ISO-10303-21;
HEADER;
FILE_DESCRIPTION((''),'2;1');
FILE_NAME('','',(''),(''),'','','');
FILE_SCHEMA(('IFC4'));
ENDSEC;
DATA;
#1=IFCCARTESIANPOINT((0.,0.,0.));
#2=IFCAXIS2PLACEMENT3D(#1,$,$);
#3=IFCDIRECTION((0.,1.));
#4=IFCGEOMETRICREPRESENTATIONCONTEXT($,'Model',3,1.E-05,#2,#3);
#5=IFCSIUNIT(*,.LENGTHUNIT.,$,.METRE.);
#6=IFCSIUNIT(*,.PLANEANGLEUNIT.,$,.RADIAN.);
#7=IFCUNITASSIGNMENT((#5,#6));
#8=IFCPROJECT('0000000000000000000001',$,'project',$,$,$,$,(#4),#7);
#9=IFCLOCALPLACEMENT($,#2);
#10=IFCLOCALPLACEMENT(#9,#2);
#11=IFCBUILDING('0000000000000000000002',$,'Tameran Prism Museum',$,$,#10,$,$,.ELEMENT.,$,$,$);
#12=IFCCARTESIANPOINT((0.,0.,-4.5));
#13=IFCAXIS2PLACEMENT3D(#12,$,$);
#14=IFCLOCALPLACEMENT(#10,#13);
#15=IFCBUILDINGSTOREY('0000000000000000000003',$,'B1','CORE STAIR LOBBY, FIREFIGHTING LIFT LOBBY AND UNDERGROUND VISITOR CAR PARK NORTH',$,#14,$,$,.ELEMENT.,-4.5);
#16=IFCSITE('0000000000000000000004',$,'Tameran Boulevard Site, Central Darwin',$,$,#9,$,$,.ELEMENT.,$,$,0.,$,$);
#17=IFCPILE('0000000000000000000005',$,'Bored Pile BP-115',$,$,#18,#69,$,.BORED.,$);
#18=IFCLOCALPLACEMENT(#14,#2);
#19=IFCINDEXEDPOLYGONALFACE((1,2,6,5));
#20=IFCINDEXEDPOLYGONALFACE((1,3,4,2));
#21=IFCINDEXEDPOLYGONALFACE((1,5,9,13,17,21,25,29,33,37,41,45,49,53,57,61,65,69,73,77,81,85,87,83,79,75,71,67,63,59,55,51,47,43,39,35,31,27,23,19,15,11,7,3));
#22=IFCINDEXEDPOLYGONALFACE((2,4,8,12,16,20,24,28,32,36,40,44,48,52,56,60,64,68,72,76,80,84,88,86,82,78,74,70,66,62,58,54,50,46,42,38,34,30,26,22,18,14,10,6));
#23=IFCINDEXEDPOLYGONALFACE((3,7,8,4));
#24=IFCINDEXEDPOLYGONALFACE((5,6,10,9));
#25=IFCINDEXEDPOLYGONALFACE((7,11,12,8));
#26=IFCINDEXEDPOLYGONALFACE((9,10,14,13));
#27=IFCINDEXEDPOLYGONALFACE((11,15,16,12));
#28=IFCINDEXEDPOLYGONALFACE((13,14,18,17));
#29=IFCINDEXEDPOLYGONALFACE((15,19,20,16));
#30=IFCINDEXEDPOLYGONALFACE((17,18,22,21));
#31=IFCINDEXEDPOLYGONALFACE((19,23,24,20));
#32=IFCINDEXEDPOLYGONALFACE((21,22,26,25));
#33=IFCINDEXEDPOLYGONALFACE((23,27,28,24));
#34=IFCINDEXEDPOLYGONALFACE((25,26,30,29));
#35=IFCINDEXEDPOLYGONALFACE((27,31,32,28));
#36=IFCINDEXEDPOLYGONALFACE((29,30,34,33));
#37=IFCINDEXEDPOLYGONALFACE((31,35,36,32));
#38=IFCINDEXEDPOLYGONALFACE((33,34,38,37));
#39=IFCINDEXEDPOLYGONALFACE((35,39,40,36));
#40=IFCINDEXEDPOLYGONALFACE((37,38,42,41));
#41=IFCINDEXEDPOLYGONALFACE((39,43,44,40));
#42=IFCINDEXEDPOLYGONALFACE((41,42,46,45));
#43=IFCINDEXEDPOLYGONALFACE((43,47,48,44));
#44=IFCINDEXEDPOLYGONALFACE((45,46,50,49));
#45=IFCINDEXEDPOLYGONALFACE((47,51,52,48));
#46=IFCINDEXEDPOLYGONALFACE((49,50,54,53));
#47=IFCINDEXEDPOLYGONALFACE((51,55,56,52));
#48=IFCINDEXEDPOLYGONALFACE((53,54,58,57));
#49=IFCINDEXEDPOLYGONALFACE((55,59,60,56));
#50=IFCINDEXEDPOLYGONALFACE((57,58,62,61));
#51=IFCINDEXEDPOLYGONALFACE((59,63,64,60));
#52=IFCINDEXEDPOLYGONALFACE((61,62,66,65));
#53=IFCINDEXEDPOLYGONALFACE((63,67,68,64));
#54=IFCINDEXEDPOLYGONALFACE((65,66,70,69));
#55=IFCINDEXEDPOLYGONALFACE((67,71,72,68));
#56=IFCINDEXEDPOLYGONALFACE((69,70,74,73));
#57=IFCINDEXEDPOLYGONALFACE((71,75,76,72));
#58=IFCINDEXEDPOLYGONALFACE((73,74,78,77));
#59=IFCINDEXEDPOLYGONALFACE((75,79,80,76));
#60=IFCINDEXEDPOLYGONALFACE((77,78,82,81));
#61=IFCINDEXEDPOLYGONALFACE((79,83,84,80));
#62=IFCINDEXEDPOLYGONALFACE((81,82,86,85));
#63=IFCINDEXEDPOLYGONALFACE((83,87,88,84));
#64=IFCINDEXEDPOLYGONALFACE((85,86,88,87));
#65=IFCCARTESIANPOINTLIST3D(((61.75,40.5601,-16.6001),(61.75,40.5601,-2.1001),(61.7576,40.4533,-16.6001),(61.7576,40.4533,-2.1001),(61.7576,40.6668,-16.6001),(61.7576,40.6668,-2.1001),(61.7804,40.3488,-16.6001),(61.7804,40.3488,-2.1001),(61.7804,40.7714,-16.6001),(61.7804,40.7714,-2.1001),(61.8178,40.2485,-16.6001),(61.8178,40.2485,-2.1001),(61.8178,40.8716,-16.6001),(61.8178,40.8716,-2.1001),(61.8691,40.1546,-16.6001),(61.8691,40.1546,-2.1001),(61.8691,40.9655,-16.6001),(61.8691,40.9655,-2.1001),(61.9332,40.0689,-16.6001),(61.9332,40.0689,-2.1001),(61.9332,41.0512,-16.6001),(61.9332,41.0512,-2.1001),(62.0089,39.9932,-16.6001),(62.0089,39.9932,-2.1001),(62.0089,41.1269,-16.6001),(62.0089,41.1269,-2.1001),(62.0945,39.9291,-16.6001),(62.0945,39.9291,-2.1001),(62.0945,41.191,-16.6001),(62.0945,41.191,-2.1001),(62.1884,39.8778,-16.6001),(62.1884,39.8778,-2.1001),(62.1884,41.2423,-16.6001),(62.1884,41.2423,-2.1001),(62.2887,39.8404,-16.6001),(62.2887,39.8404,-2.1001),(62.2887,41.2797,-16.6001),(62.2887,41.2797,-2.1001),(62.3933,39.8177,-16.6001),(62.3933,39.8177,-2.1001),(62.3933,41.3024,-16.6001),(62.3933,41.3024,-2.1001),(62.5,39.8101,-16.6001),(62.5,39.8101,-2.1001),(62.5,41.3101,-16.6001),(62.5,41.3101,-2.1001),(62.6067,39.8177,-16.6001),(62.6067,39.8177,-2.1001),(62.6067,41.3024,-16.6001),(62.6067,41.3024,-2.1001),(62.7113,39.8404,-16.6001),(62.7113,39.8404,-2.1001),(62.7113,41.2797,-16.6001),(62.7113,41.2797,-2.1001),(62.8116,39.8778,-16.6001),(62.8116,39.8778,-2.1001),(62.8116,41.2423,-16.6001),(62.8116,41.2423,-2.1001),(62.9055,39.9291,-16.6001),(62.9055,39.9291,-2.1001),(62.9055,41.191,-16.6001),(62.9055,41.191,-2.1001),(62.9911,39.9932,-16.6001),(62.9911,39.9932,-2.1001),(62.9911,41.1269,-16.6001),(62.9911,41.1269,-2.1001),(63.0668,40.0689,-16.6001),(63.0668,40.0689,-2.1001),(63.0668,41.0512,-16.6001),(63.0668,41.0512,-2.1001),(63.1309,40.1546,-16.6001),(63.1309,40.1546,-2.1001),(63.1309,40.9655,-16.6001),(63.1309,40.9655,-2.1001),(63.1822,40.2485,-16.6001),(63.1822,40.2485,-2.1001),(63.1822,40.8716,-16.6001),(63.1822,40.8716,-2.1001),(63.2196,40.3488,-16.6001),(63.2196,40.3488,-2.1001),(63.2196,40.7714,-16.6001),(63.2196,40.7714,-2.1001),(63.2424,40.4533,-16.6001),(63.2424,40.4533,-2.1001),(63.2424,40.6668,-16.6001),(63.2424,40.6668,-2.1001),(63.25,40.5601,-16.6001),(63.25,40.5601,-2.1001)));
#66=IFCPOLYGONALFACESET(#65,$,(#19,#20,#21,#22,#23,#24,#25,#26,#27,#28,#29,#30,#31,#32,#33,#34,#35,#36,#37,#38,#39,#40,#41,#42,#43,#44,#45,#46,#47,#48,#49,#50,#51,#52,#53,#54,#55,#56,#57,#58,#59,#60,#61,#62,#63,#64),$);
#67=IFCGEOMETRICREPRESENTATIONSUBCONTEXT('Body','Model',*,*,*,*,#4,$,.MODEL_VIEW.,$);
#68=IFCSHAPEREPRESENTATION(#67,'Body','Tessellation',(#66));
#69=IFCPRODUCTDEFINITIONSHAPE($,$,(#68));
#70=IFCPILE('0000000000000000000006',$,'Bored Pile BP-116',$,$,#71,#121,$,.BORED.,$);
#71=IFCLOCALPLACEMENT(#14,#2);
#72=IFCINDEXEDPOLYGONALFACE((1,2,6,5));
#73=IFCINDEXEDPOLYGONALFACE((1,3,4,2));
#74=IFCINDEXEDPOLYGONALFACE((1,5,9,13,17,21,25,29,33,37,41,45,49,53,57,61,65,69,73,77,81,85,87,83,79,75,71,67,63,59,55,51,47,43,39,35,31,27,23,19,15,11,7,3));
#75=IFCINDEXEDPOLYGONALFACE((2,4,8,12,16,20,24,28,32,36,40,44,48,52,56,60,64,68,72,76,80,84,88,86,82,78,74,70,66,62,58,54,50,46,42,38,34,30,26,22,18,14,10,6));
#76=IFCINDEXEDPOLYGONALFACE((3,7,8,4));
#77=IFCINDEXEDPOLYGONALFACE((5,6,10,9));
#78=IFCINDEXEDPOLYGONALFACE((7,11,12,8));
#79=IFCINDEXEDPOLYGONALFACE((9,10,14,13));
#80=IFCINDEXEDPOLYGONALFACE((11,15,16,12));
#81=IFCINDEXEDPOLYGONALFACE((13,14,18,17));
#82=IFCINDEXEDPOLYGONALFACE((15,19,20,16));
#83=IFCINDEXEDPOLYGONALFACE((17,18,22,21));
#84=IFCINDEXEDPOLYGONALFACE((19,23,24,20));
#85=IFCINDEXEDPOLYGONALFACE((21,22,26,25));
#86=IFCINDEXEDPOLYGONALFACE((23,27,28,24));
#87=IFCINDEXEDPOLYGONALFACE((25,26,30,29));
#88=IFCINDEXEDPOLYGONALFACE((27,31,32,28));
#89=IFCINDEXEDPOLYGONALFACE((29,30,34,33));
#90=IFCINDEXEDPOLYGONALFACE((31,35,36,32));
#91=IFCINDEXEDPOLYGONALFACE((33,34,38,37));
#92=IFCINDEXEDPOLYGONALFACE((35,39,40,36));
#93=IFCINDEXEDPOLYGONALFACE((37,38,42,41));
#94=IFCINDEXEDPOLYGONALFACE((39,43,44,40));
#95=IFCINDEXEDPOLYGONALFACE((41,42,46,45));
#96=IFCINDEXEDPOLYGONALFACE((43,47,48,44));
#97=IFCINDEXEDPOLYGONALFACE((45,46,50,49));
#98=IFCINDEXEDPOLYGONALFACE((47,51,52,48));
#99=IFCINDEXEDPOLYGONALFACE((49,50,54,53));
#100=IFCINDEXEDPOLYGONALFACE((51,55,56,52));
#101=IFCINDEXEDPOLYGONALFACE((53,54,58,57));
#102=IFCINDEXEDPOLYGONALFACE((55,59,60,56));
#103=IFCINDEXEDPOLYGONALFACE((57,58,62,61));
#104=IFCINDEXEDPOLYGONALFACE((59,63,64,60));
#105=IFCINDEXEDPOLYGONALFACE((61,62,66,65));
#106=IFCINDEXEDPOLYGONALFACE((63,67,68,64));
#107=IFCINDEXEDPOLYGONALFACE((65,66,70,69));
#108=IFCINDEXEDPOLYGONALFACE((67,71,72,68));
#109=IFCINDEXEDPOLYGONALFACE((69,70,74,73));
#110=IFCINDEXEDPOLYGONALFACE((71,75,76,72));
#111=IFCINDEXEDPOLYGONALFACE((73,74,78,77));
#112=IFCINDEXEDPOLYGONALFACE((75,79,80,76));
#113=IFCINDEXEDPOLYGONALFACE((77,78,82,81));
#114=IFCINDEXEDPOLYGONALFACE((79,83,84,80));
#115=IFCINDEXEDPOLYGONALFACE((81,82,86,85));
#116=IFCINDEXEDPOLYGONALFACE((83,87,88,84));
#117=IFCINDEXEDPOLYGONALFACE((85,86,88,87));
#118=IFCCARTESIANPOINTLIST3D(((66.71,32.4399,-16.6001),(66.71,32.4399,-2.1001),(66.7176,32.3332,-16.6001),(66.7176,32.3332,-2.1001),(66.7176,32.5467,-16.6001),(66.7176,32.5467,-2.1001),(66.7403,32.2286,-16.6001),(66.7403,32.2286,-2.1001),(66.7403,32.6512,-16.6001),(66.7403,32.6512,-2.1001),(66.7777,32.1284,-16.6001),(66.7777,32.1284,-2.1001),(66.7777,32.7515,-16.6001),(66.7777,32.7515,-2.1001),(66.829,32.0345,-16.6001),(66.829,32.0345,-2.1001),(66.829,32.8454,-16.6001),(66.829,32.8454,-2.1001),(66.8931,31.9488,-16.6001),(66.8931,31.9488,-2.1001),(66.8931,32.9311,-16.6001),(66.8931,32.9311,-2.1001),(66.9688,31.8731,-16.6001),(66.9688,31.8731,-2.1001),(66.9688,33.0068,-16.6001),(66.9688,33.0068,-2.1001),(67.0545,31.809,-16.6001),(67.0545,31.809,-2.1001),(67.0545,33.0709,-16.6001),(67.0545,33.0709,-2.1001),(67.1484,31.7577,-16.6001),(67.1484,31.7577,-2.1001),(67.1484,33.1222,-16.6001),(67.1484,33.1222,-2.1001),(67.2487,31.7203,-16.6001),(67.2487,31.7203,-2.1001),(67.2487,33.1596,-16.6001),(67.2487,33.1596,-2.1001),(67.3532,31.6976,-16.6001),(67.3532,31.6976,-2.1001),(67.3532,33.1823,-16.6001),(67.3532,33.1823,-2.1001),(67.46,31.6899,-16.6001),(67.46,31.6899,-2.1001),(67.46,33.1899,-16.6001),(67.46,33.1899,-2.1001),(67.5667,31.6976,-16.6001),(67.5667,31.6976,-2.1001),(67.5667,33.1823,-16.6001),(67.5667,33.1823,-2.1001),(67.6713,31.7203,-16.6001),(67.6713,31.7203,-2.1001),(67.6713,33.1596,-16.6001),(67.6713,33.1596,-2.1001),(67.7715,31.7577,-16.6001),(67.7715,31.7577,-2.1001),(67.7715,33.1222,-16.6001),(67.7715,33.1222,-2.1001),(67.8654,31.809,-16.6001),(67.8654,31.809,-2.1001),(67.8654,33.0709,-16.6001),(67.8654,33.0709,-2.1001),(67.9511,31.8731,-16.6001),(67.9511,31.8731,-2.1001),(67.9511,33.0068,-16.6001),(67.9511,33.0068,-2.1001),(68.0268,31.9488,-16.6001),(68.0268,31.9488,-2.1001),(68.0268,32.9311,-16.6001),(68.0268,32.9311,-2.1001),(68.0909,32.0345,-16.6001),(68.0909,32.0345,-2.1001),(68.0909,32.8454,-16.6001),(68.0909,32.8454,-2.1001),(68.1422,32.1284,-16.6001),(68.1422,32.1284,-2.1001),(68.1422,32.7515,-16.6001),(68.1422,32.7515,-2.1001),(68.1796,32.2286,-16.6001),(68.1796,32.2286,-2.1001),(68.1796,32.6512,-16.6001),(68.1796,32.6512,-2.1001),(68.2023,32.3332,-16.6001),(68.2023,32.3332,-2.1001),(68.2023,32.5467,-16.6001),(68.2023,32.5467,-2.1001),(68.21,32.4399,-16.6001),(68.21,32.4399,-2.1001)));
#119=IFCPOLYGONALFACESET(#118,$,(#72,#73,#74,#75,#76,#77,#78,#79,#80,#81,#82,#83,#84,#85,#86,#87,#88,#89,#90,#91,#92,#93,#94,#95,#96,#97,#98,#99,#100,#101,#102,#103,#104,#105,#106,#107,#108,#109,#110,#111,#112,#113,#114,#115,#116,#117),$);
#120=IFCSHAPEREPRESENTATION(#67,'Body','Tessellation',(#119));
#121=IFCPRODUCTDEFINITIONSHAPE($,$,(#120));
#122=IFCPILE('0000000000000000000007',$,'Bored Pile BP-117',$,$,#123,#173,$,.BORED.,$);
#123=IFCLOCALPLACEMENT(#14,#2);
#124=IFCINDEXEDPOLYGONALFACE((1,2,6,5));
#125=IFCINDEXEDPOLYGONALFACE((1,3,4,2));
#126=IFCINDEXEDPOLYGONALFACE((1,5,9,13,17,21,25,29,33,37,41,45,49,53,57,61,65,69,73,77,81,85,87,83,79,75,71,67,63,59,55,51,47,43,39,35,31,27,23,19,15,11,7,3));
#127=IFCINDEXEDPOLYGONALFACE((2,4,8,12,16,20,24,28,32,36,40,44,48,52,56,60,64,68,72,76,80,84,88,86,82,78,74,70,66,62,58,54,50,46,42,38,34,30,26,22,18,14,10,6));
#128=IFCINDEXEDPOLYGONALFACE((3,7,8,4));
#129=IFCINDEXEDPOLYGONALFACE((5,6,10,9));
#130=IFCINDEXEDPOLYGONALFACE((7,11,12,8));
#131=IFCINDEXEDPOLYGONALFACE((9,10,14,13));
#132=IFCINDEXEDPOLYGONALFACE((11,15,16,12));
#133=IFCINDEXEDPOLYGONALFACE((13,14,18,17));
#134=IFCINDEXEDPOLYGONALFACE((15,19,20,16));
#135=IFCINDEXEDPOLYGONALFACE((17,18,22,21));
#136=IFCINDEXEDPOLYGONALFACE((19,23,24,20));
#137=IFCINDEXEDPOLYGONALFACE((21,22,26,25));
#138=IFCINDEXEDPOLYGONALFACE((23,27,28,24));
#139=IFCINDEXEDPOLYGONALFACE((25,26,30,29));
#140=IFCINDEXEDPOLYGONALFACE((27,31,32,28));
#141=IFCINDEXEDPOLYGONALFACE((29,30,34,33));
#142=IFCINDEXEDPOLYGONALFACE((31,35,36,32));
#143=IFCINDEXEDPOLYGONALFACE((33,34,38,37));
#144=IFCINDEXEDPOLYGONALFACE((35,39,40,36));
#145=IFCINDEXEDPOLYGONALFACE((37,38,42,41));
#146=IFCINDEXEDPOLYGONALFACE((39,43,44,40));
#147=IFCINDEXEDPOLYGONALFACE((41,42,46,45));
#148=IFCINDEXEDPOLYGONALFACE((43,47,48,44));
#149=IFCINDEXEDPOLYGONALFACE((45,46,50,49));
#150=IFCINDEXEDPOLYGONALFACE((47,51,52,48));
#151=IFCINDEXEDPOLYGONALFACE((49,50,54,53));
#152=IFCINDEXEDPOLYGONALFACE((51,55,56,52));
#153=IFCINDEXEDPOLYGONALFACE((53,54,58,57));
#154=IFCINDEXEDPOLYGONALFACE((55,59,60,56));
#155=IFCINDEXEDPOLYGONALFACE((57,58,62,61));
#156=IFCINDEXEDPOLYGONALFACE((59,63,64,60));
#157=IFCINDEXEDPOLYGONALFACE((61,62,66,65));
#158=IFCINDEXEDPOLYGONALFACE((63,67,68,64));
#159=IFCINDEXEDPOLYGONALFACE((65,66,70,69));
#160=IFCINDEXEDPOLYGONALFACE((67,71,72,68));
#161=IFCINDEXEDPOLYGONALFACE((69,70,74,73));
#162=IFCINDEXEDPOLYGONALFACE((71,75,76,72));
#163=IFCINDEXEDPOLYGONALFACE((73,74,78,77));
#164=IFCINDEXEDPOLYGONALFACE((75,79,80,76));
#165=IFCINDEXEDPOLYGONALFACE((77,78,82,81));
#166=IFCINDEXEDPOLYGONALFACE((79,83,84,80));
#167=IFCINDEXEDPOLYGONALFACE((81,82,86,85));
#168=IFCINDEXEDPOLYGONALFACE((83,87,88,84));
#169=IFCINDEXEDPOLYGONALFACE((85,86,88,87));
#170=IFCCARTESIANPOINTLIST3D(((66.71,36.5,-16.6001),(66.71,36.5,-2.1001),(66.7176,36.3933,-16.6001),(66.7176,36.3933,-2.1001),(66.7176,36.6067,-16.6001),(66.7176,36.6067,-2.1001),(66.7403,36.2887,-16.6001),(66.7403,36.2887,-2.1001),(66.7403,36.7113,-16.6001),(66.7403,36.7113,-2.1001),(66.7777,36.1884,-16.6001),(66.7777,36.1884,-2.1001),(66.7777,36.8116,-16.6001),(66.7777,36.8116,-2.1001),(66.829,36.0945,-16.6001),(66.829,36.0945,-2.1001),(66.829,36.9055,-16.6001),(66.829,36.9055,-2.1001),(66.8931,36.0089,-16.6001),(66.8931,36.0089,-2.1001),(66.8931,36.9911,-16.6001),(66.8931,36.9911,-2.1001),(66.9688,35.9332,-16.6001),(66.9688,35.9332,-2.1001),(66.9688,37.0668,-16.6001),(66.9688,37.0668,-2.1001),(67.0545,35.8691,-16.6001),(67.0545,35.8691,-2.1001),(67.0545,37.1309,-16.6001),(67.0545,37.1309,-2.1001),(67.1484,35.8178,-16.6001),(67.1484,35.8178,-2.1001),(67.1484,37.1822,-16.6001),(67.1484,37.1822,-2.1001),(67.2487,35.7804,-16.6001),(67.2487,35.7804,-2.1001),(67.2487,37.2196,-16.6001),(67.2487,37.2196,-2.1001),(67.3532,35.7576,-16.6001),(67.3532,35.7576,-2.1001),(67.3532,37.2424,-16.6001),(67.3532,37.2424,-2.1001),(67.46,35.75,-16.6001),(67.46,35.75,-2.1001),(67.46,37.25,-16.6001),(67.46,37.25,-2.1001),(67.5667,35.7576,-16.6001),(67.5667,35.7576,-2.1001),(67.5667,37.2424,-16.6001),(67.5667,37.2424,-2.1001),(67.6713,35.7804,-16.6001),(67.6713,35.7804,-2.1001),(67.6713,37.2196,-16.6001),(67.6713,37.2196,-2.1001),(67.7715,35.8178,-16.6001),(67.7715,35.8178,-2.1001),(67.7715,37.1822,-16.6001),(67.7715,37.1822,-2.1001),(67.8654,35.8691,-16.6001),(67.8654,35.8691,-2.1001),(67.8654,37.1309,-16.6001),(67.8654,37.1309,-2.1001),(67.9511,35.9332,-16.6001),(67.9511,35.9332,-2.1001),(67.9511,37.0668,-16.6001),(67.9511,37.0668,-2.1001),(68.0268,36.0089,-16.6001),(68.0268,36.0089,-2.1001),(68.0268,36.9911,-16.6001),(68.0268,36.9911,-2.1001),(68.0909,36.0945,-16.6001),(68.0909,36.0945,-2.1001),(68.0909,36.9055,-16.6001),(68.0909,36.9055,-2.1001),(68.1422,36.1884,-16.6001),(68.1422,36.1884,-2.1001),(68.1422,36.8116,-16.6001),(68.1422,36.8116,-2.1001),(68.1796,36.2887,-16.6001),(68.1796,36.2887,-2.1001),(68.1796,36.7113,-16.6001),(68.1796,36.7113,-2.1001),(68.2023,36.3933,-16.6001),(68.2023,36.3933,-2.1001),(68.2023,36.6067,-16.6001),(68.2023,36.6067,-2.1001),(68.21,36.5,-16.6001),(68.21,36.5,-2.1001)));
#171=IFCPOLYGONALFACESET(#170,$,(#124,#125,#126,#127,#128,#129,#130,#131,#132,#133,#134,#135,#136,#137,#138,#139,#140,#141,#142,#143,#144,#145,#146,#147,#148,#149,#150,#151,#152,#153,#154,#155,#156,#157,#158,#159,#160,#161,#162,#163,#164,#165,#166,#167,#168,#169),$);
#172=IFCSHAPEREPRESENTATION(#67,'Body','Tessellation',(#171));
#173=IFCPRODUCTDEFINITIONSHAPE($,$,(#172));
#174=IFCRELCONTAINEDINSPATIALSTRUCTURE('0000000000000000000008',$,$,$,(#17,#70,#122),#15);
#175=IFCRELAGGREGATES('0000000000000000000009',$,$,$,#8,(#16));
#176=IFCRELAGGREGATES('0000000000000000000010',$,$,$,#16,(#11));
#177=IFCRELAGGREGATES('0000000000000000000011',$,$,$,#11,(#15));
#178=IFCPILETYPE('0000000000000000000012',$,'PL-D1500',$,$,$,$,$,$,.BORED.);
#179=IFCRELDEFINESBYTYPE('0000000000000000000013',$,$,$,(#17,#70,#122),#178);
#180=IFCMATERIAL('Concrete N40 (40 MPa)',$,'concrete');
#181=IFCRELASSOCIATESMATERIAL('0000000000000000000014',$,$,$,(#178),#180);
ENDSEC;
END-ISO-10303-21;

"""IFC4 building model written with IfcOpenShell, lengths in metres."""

from ifc_helpers import new_model, si_unit, direction, frame, origin, origin_2d, place, context, subcontext, project, spatial, circle, extrude, material, material_profile, profile_set, type_object, element, save


model = new_model("IFC4")

# Units and contexts
model_context = context("Model", 3, precision=1e-05, world=origin(), true_north=direction((0.0, 1.0)))
body_context = subcontext(model_context, "Body", "Model", "MODEL_VIEW")
ifc_project = project(units=[si_unit("LENGTHUNIT", "METRE"), si_unit("PLANEANGLEUNIT", "RADIAN")], contexts=[model_context])

# Site, building, storey
site_placement = place(None, origin())
site = spatial("IfcSite", under=ifc_project, at=site_placement, Name="Tameran Boulevard Site, Central Darwin", CompositionType="ELEMENT", RefElevation=0.0)
building_placement = place(site_placement, origin())
building = spatial("IfcBuilding", under=site, at=building_placement, Name="Tameran Prism Museum", CompositionType="ELEMENT")
storey_placement = place(building_placement, frame((0.0, 0.0, -4.5)))
storey = spatial("IfcBuildingStorey", under=building, at=storey_placement, Name="B1", Description="CORE STAIR LOBBY, FIREFIGHTING LIFT LOBBY AND UNDERGROUND VISITOR CAR PARK NORTH", CompositionType="ELEMENT", Elevation=-4.5)

# Piles
ifc_material_1 = material(Name="Concrete N40 (40 MPa)", Category="concrete")
ifc_material_profile_1 = material_profile(ifc_material_1, circle(Radius=0.75, at=origin_2d()))
ifc_profile_set_1 = profile_set([ifc_material_profile_1])
pile_type_1 = type_object("IfcPileType", Name="PL-D1500", PredefinedType="BORED", material=ifc_profile_set_1)
for number, where, z_axis, x_axis, name in (
    (1, (62.5, 40.5601, -2.1001), (0.0, 0.0, -1.0), (1.0, 0.0, 0.0), "Bored Pile BP-115"),
    (2, (67.46, 32.4399, -2.1001), (0.0, 0.0, -1.0), (1.0, 0.0, 0.0), "Bored Pile BP-116"),
    (3, (67.46, 36.5, -2.1001), (0.0, 0.0, -1.0), (1.0, 0.0, 0.0), "Bored Pile BP-117"),
):
    element("IfcPile", number, at=place(storey_placement, frame(where, z_axis=z_axis, x_axis=x_axis)), inside=storey, type_object=pile_type_1, Name=name, PredefinedType="BORED", context=body_context, shape_type="SweptSolid", body=[
        extrude(circle(Radius=0.75, at=origin_2d()), origin(), (0.0, 0.0, 1.0), 14.5),
    ])

save(model, "model.ifc")
